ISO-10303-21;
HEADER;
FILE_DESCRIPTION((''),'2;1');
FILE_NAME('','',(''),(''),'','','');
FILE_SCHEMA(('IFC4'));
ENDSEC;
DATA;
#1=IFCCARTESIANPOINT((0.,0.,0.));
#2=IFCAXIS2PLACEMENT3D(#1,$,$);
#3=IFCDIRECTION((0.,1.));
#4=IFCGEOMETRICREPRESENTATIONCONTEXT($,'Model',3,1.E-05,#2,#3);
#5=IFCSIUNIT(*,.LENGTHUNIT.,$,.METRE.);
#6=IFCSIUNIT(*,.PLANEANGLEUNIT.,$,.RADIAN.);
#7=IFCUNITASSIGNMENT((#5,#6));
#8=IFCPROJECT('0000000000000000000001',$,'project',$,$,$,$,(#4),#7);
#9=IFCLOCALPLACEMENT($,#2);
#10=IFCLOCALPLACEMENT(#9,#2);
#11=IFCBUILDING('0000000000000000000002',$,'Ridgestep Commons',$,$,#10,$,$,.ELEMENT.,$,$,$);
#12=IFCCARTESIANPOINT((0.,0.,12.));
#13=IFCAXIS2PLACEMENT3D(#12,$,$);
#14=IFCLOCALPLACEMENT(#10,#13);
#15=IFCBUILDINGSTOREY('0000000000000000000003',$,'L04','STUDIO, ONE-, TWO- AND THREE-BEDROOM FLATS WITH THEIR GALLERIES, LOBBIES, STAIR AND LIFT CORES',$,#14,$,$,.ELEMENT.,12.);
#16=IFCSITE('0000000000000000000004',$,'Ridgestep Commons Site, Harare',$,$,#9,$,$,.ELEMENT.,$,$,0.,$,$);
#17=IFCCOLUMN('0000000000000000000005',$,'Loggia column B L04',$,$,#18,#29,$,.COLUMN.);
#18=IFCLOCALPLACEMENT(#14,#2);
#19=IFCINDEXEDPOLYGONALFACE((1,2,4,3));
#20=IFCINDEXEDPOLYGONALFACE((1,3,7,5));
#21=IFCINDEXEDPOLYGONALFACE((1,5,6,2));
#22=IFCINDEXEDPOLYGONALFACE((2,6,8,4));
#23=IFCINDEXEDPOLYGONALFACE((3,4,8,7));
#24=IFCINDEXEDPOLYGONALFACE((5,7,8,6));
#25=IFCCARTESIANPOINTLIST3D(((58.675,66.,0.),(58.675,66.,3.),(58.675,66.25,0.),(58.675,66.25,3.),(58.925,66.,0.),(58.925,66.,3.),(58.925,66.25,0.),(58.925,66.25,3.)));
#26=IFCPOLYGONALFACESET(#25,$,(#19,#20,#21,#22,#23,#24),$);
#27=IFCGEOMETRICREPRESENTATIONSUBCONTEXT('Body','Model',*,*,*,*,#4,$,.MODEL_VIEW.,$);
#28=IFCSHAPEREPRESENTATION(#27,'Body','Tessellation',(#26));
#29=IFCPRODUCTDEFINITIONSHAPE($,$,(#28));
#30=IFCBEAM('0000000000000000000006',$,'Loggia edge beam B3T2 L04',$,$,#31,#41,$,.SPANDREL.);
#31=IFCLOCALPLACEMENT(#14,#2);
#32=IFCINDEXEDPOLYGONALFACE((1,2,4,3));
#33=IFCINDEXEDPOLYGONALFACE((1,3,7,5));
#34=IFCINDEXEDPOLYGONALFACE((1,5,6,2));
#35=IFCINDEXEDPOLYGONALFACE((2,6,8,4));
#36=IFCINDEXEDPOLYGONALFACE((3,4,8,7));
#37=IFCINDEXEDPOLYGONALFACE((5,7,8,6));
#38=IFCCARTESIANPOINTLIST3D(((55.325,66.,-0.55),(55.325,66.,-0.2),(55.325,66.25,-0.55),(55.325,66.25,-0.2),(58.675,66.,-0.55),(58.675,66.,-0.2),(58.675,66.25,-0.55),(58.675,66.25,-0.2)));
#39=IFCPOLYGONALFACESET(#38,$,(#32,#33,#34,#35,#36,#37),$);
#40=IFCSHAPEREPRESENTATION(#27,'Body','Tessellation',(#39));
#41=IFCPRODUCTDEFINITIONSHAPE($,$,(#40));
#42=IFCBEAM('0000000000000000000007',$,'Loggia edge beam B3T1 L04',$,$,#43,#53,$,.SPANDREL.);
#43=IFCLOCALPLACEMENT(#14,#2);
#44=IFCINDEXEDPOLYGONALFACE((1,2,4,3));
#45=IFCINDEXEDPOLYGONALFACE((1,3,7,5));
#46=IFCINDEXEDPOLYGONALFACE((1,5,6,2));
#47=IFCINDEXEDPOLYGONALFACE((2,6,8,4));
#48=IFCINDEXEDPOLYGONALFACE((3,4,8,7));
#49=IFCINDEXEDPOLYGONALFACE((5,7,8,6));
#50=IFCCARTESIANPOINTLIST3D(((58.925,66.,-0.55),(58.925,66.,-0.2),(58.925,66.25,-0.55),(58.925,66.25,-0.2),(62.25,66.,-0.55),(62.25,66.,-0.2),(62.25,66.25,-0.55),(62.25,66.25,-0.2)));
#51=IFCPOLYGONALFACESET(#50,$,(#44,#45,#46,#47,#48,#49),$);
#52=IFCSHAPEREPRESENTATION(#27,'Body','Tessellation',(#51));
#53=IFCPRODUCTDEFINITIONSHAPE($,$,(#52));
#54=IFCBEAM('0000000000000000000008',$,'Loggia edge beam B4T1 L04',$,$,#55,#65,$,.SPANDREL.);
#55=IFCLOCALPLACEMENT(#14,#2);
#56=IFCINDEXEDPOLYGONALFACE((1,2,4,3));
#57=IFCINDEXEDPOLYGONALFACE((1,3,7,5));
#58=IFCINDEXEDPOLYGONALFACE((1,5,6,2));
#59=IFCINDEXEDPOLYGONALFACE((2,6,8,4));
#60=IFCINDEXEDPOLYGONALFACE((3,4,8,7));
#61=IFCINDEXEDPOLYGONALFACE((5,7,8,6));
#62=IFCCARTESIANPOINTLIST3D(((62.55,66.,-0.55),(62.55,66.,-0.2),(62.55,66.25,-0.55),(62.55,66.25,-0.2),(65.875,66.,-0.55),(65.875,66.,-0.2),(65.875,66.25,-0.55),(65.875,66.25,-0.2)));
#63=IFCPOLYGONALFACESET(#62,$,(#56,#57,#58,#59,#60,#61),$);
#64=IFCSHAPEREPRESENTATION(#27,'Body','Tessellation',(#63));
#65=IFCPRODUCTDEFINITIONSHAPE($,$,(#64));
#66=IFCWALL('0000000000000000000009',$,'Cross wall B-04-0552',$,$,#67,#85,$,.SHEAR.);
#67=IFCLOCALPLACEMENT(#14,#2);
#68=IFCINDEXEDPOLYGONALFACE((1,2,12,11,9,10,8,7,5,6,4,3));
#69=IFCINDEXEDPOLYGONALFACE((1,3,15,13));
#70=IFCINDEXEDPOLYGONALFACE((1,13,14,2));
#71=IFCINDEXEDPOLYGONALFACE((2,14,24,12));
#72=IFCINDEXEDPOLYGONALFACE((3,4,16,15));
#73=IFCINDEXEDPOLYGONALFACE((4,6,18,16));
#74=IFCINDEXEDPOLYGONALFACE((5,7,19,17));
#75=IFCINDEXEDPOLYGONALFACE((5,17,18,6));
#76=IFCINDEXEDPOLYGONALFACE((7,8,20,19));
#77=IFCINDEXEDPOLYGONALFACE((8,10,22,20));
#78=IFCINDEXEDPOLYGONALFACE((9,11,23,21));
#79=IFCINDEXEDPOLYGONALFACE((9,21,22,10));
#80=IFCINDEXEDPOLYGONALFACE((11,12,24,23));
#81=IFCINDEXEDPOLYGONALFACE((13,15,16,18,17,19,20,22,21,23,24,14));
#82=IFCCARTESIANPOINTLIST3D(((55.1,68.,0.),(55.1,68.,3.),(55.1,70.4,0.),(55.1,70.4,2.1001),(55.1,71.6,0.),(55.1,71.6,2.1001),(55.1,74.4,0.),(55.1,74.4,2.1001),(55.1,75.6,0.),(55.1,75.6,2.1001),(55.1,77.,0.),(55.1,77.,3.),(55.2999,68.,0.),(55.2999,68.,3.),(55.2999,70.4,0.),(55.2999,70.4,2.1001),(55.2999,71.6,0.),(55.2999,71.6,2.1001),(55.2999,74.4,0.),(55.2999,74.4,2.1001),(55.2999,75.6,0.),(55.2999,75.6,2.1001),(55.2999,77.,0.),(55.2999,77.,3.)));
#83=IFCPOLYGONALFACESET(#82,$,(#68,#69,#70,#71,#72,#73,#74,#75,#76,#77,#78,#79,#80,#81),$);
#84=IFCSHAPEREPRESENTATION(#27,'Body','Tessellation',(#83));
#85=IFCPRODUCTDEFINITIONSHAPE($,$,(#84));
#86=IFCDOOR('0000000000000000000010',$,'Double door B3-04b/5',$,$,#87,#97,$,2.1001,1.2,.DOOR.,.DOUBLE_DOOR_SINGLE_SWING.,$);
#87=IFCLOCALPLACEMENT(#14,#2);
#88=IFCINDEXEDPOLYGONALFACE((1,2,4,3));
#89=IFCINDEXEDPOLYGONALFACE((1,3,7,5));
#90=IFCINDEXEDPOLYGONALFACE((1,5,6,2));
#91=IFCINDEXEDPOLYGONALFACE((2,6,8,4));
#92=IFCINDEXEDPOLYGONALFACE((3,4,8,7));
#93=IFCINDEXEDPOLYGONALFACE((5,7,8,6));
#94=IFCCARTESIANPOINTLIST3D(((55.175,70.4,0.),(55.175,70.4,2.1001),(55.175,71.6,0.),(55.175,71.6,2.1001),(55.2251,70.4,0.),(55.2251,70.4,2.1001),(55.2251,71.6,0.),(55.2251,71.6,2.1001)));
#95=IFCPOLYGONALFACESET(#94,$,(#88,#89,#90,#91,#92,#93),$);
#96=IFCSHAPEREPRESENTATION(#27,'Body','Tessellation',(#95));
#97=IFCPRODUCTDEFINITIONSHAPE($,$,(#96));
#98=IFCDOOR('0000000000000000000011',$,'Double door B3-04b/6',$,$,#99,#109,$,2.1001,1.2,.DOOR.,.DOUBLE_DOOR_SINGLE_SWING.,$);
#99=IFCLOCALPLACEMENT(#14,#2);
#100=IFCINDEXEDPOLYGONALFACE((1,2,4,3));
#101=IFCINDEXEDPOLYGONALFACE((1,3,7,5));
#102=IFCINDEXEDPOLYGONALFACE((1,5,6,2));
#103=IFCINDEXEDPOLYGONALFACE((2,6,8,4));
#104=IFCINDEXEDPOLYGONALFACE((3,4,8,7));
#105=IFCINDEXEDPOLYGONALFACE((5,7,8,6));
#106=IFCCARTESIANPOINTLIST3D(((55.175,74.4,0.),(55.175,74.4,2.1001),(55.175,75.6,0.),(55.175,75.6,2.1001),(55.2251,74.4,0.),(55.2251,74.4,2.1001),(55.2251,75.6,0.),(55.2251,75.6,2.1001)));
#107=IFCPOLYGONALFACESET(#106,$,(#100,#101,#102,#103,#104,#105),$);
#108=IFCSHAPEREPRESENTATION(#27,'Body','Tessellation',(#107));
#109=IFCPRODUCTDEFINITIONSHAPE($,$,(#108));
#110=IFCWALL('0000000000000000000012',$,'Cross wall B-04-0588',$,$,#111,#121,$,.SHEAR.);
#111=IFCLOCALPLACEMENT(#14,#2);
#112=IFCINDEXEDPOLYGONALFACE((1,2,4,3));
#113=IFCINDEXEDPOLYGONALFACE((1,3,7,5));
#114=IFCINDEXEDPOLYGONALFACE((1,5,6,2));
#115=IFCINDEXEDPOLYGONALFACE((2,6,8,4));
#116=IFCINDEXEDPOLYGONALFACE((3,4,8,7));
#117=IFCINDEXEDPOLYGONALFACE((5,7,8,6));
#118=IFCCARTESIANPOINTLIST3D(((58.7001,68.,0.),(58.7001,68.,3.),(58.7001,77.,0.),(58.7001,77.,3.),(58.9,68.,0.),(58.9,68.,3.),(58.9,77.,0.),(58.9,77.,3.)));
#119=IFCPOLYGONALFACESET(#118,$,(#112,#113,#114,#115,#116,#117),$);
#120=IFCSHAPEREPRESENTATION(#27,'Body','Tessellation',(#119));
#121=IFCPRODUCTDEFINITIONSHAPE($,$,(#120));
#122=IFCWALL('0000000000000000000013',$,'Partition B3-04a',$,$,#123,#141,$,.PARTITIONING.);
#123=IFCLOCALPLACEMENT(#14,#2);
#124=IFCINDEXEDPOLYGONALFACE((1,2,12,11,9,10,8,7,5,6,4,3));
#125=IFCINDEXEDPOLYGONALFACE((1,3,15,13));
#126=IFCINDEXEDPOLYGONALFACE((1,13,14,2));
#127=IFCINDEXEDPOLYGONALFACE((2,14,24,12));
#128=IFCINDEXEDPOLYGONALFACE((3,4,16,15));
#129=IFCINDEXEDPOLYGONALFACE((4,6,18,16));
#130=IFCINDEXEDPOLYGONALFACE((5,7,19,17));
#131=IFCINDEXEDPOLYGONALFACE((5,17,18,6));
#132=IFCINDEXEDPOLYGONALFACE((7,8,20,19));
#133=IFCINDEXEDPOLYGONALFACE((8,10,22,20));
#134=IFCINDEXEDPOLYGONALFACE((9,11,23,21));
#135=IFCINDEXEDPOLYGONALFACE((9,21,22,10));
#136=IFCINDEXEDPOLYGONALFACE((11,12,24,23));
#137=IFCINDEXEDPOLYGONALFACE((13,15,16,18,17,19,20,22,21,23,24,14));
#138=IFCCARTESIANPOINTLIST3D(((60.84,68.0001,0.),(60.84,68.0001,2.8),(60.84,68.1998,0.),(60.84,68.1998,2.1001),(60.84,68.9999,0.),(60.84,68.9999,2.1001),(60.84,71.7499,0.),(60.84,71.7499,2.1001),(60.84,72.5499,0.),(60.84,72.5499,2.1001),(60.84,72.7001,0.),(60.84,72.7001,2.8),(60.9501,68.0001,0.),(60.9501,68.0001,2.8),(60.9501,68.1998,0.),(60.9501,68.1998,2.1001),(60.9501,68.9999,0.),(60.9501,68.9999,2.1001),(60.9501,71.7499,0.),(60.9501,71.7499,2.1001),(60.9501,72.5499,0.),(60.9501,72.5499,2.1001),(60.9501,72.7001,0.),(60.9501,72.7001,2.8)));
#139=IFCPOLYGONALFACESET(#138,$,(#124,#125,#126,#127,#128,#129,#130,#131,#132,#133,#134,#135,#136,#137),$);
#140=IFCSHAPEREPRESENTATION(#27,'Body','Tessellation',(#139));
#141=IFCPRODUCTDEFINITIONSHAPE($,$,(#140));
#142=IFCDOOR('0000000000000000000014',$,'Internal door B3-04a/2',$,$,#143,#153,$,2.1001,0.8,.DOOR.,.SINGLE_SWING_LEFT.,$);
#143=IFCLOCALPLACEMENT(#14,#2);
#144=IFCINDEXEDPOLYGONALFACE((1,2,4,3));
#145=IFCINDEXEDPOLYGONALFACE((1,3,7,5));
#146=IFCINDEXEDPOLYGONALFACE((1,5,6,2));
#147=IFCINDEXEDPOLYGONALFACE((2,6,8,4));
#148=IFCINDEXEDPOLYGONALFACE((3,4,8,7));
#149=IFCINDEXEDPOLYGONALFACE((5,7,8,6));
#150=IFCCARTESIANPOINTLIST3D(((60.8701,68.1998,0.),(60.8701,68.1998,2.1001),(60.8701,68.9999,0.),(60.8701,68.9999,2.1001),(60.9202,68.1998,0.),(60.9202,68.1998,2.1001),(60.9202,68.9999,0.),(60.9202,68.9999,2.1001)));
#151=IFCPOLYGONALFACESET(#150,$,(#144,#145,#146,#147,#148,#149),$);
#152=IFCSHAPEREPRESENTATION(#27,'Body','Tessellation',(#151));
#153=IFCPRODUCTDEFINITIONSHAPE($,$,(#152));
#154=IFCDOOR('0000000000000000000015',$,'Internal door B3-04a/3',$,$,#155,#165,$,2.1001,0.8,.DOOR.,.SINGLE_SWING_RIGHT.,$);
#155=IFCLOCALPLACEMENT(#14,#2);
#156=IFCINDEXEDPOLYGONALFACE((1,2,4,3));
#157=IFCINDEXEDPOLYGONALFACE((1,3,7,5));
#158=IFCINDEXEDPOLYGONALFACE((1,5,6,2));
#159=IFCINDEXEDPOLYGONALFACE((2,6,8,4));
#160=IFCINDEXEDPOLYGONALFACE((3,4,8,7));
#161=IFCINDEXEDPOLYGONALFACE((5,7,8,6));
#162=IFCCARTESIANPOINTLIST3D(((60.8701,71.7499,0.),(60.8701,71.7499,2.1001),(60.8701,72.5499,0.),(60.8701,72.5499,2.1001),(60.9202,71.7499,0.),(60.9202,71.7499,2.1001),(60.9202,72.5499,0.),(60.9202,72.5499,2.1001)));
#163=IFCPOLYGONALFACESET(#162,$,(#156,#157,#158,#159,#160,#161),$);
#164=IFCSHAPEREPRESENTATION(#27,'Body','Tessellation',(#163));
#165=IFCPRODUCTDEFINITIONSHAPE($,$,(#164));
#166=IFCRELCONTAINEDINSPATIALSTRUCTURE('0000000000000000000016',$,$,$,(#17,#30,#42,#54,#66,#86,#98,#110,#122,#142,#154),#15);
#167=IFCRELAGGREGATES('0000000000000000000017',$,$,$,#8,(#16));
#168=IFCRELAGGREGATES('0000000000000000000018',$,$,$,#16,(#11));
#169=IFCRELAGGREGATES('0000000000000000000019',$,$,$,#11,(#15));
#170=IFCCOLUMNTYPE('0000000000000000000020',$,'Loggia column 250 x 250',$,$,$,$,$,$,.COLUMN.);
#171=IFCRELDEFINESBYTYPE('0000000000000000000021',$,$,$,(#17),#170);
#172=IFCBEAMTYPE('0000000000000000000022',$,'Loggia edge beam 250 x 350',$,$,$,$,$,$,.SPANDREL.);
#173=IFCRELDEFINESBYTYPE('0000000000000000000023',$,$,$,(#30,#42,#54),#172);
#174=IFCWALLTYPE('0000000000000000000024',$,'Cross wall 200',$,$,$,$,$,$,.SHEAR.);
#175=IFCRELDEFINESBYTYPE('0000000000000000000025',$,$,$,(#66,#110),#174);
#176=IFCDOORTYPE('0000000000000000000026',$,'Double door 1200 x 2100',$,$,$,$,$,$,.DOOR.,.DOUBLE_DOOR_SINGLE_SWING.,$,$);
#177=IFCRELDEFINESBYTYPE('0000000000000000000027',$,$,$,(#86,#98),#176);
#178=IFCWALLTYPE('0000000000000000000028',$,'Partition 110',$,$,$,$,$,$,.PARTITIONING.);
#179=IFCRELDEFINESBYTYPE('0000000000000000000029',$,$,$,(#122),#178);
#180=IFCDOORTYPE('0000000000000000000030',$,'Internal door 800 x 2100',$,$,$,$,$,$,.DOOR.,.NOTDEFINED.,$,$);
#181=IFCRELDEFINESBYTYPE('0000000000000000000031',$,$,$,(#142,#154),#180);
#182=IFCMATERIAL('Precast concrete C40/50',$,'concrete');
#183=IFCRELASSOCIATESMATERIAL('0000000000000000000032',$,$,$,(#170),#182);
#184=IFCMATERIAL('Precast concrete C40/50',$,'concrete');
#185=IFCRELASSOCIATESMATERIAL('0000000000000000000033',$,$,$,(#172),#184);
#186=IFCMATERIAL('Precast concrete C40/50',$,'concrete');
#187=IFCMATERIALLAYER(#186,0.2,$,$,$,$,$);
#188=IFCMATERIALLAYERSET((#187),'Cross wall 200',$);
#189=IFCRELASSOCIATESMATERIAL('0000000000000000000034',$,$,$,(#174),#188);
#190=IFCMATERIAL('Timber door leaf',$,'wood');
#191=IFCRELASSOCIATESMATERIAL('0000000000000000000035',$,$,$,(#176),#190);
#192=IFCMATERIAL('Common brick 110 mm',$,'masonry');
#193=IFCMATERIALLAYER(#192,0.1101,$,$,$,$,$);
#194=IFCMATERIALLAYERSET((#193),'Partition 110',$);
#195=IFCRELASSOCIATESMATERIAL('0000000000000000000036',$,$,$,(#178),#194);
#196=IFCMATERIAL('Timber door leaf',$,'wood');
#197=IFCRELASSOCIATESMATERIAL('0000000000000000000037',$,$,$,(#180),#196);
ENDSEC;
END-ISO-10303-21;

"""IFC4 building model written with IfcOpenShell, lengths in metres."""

from ifc_helpers import new_model, si_unit, direction, frame, frame_2d, origin, origin_2d, place, context, subcontext, project, spatial, rectangle, extrude, material, layer, layer_set, material_profile, profile_set, type_object, element, fill, save


model = new_model("IFC4")

# Units and contexts
model_context = context("Model", 3, precision=1e-05, world=origin(), true_north=direction((0.0, 1.0)))
body_context = subcontext(model_context, "Body", "Model", "MODEL_VIEW")
ifc_project = project(units=[si_unit("LENGTHUNIT", "METRE"), si_unit("PLANEANGLEUNIT", "RADIAN")], contexts=[model_context])

# Site, building, storey
site_placement = place(None, origin())
site = spatial("IfcSite", under=ifc_project, at=site_placement, Name="Ridgestep Commons Site, Harare", CompositionType="ELEMENT", RefElevation=0.0)
building_placement = place(site_placement, origin())
building = spatial("IfcBuilding", under=site, at=building_placement, Name="Ridgestep Commons", CompositionType="ELEMENT")
storey_placement = place(building_placement, frame((0.0, 0.0, 12.0)))
storey = spatial("IfcBuildingStorey", under=building, at=storey_placement, Name="L04", Description="STUDIO, ONE-, TWO- AND THREE-BEDROOM FLATS WITH THEIR GALLERIES, LOBBIES, STAIR AND LIFT CORES", CompositionType="ELEMENT", Elevation=12.0)

# Column
ifc_material_1 = material(Name="Precast concrete C40/50", Category="concrete")
ifc_material_profile_1 = material_profile(ifc_material_1, rectangle(XDim=0.25, YDim=0.25, at=origin_2d()), Name="PC 250x250")
ifc_profile_set_1 = profile_set([ifc_material_profile_1], Name="Precast concrete C40/50")
column_type = type_object("IfcColumnType", Name="Loggia column 250 x 250", PredefinedType="COLUMN", material=ifc_profile_set_1)
column_placement = place(storey_placement, frame((58.8, 66.125, 0.0), z_axis=(0.0, 0.0, 1.0), x_axis=(1.0, 0.0, 0.0)))
element("IfcColumn", 1, at=column_placement, inside=storey, type_object=column_type, Name="Loggia column B L04", PredefinedType="COLUMN", context=body_context, shape_type="SweptSolid", body=[
    extrude(rectangle(XDim=0.25, YDim=0.25, at=origin_2d()), origin(), (0.0, 0.0, 1.0), 3.0),
])

# Beams
ifc_material_2 = material(Name="Precast concrete C40/50", Category="concrete")
ifc_material_profile_2 = material_profile(ifc_material_2, rectangle(XDim=0.25, YDim=0.3501, at=origin_2d()), Name="PC 250x350")
ifc_profile_set_2 = profile_set([ifc_material_profile_2], Name="Precast concrete C40/50")
beam_type = type_object("IfcBeamType", Name="Loggia edge beam 250 x 350", PredefinedType="SPANDREL", material=ifc_profile_set_2)
beam_placement = place(storey_placement, frame((55.325, 66.125, -0.375), z_axis=(1.0, 0.0, 0.0), x_axis=(0.0, 1.0, 0.0)))
element("IfcBeam", 2, at=beam_placement, inside=storey, type_object=beam_type, Name="Loggia edge beam B3T2 L04", PredefinedType="SPANDREL", context=body_context, shape_type="SweptSolid", body=[
    extrude(rectangle(XDim=0.25, YDim=0.3501, at=origin_2d()), origin(), (0.0, 0.0, 1.0), 3.3501),
])
for number, where, z_axis, x_axis, name in (
    (3, (58.925, 66.125, -0.375), (1.0, 0.0, 0.0), (0.0, 1.0, 0.0), "Loggia edge beam B3T1 L04"),
    (4, (62.55, 66.125, -0.375), (1.0, 0.0, 0.0), (0.0, 1.0, 0.0), "Loggia edge beam B4T1 L04"),
):
    element("IfcBeam", number, at=place(storey_placement, frame(where, z_axis=z_axis, x_axis=x_axis)), inside=storey, type_object=beam_type, Name=name, PredefinedType="SPANDREL", context=body_context, shape_type="SweptSolid", body=[
        extrude(rectangle(XDim=0.25, YDim=0.3501, at=origin_2d()), origin(), (0.0, 0.0, 1.0), 3.325),
    ])

# Wall, openings, doors
ifc_material_3 = material(Name="Precast concrete C40/50", Category="concrete")
ifc_layer_1 = layer(ifc_material_3, 0.2)
ifc_layer_set_1 = layer_set([ifc_layer_1], Name="Cross wall 200")
wall_type_1 = type_object("IfcWallType", Name="Cross wall 200", PredefinedType="SHEAR", material=ifc_layer_set_1)
wall_1_placement = place(storey_placement, frame((55.2, 68.0, 0.0), z_axis=(0.0, 0.0, 1.0), x_axis=(0.0, 1.0, 0.0)))
wall_1 = element("IfcWall", 5, at=wall_1_placement, inside=storey, type_object=wall_type_1, Name="Cross wall B-04-0552", PredefinedType="SHEAR", context=body_context, shape_type="SweptSolid", body=[
    extrude(rectangle(XDim=9.0, YDim=0.2, at=frame_2d((4.5, 0.0))), origin(), (0.0, 0.0, 1.0), 3.0),
])
opening_1_placement = place(wall_1_placement, frame((2.3999, 0.0, 0.0)))
opening_1 = element("IfcOpeningElement", 6, at=opening_1_placement, cuts=wall_1, PredefinedType="OPENING", context=body_context, shape_type="SweptSolid", body=[
    extrude(rectangle(XDim=1.2, YDim=2.1001, at=frame_2d((0.6001, 1.05))), frame((0.0, 0.1099, 0.0), z_axis=(0.0, -1.0, 0.0), x_axis=(1.0, 0.0, 0.0)), (0.0, 0.0, 1.0), 0.22),
])
opening_2_placement = place(wall_1_placement, frame((6.3999, 0.0, 0.0)))
opening_2 = element("IfcOpeningElement", 7, at=opening_2_placement, cuts=wall_1, PredefinedType="OPENING", context=body_context, shape_type="SweptSolid", body=[
    extrude(rectangle(XDim=1.2, YDim=2.1001, at=frame_2d((0.6001, 1.05))), frame((0.0, 0.1099, 0.0), z_axis=(0.0, -1.0, 0.0), x_axis=(1.0, 0.0, 0.0)), (0.0, 0.0, 1.0), 0.22),
])
ifc_material_4 = material(Name="Timber door leaf", Category="wood")
door_type_1 = type_object("IfcDoorType", Name="Double door 1200 x 2100", OperationType="DOUBLE_DOOR_SINGLE_SWING", PredefinedType="DOOR", material=ifc_material_4)
door_1_placement = place(opening_1_placement, origin())
door_1 = element("IfcDoor", 8, at=door_1_placement, inside=storey, type_object=door_type_1, Name="Double door B3-04b/5", OperationType="DOUBLE_DOOR_SINGLE_SWING", OverallHeight=2.1001, OverallWidth=1.2, PredefinedType="DOOR", context=body_context, shape_type="SweptSolid", body=[
    extrude(rectangle(XDim=1.2, YDim=2.1001, at=frame_2d((0.6001, 1.05))), frame((0.0, 0.0249, 0.0), z_axis=(0.0, -1.0, 0.0), x_axis=(1.0, 0.0, 0.0)), (0.0, 0.0, 1.0), 0.05),
])
fill(opening_1, door_1)
door_2_placement = place(opening_2_placement, origin())
door_2 = element("IfcDoor", 9, at=door_2_placement, inside=storey, type_object=door_type_1, Name="Double door B3-04b/6", OperationType="DOUBLE_DOOR_SINGLE_SWING", OverallHeight=2.1001, OverallWidth=1.2, PredefinedType="DOOR", context=body_context, shape_type="SweptSolid", body=[
    extrude(rectangle(XDim=1.2, YDim=2.1001, at=frame_2d((0.6001, 1.05))), frame((0.0, 0.0249, 0.0), z_axis=(0.0, -1.0, 0.0), x_axis=(1.0, 0.0, 0.0)), (0.0, 0.0, 1.0), 0.05),
])
fill(opening_2, door_2)

# Wall
wall_2_placement = place(storey_placement, frame((58.8, 68.0, 0.0), z_axis=(0.0, 0.0, 1.0), x_axis=(0.0, 1.0, 0.0)))
element("IfcWall", 10, at=wall_2_placement, inside=storey, type_object=wall_type_1, Name="Cross wall B-04-0588", PredefinedType="SHEAR", context=body_context, shape_type="SweptSolid", body=[
    extrude(rectangle(XDim=9.0, YDim=0.2, at=frame_2d((4.5, 0.0))), origin(), (0.0, 0.0, 1.0), 3.0),
])

# Wall, openings, doors
ifc_material_5 = material(Name="Common brick 110 mm", Category="masonry")
ifc_layer_2 = layer(ifc_material_5, 0.1101)
ifc_layer_set_2 = layer_set([ifc_layer_2], Name="Partition 110")
wall_type_2 = type_object("IfcWallType", Name="Partition 110", PredefinedType="PARTITIONING", material=ifc_layer_set_2)
wall_3_placement = place(storey_placement, frame((60.895, 68.0, 0.0), z_axis=(0.0, 0.0, 1.0), x_axis=(0.0, 1.0, 0.0)))
wall_3 = element("IfcWall", 11, at=wall_3_placement, inside=storey, type_object=wall_type_2, Name="Partition B3-04a", PredefinedType="PARTITIONING", context=body_context, shape_type="SweptSolid", body=[
    extrude(rectangle(XDim=4.7, YDim=0.1101, at=frame_2d((2.3501, 0.0))), origin(), (0.0, 0.0, 1.0), 2.8),
])
opening_3_placement = place(wall_3_placement, frame((0.2, 0.0, 0.0)))
opening_3 = element("IfcOpeningElement", 12, at=opening_3_placement, cuts=wall_3, PredefinedType="OPENING", context=body_context, shape_type="SweptSolid", body=[
    extrude(rectangle(XDim=0.8, YDim=2.1001, at=frame_2d((0.3999, 1.05))), frame((0.0, 0.0649, 0.0), z_axis=(0.0, -1.0, 0.0), x_axis=(1.0, 0.0, 0.0)), (0.0, 0.0, 1.0), 0.1301),
])
opening_4_placement = place(wall_3_placement, frame((3.75, 0.0, 0.0)))
opening_4 = element("IfcOpeningElement", 13, at=opening_4_placement, cuts=wall_3, PredefinedType="OPENING", context=body_context, shape_type="SweptSolid", body=[
    extrude(rectangle(XDim=0.8, YDim=2.1001, at=frame_2d((0.3999, 1.05))), frame((0.0, 0.0649, 0.0), z_axis=(0.0, -1.0, 0.0), x_axis=(1.0, 0.0, 0.0)), (0.0, 0.0, 1.0), 0.1301),
])
ifc_material_6 = material(Name="Timber door leaf", Category="wood")
door_type_2 = type_object("IfcDoorType", Name="Internal door 800 x 2100", OperationType="NOTDEFINED", PredefinedType="DOOR", material=ifc_material_6)
door_3_placement = place(opening_3_placement, origin())
door_3 = element("IfcDoor", 14, at=door_3_placement, inside=storey, type_object=door_type_2, Name="Internal door B3-04a/2", OperationType="SINGLE_SWING_LEFT", OverallHeight=2.1001, OverallWidth=0.8, PredefinedType="DOOR", context=body_context, shape_type="SweptSolid", body=[
    extrude(rectangle(XDim=0.8, YDim=2.1001, at=frame_2d((0.3999, 1.05))), frame((0.0, 0.0249, 0.0), z_axis=(0.0, -1.0, 0.0), x_axis=(1.0, 0.0, 0.0)), (0.0, 0.0, 1.0), 0.05),
])
fill(opening_3, door_3)
door_4_placement = place(opening_4_placement, origin())
door_4 = element("IfcDoor", 15, at=door_4_placement, inside=storey, type_object=door_type_2, Name="Internal door B3-04a/3", OperationType="SINGLE_SWING_RIGHT", OverallHeight=2.1001, OverallWidth=0.8, PredefinedType="DOOR", context=body_context, shape_type="SweptSolid", body=[
    extrude(rectangle(XDim=0.8, YDim=2.1001, at=frame_2d((0.3999, 1.05))), frame((0.0, 0.0249, 0.0), z_axis=(0.0, -1.0, 0.0), x_axis=(1.0, 0.0, 0.0)), (0.0, 0.0, 1.0), 0.05),
])
fill(opening_4, door_4)

save(model, "model.ifc")
